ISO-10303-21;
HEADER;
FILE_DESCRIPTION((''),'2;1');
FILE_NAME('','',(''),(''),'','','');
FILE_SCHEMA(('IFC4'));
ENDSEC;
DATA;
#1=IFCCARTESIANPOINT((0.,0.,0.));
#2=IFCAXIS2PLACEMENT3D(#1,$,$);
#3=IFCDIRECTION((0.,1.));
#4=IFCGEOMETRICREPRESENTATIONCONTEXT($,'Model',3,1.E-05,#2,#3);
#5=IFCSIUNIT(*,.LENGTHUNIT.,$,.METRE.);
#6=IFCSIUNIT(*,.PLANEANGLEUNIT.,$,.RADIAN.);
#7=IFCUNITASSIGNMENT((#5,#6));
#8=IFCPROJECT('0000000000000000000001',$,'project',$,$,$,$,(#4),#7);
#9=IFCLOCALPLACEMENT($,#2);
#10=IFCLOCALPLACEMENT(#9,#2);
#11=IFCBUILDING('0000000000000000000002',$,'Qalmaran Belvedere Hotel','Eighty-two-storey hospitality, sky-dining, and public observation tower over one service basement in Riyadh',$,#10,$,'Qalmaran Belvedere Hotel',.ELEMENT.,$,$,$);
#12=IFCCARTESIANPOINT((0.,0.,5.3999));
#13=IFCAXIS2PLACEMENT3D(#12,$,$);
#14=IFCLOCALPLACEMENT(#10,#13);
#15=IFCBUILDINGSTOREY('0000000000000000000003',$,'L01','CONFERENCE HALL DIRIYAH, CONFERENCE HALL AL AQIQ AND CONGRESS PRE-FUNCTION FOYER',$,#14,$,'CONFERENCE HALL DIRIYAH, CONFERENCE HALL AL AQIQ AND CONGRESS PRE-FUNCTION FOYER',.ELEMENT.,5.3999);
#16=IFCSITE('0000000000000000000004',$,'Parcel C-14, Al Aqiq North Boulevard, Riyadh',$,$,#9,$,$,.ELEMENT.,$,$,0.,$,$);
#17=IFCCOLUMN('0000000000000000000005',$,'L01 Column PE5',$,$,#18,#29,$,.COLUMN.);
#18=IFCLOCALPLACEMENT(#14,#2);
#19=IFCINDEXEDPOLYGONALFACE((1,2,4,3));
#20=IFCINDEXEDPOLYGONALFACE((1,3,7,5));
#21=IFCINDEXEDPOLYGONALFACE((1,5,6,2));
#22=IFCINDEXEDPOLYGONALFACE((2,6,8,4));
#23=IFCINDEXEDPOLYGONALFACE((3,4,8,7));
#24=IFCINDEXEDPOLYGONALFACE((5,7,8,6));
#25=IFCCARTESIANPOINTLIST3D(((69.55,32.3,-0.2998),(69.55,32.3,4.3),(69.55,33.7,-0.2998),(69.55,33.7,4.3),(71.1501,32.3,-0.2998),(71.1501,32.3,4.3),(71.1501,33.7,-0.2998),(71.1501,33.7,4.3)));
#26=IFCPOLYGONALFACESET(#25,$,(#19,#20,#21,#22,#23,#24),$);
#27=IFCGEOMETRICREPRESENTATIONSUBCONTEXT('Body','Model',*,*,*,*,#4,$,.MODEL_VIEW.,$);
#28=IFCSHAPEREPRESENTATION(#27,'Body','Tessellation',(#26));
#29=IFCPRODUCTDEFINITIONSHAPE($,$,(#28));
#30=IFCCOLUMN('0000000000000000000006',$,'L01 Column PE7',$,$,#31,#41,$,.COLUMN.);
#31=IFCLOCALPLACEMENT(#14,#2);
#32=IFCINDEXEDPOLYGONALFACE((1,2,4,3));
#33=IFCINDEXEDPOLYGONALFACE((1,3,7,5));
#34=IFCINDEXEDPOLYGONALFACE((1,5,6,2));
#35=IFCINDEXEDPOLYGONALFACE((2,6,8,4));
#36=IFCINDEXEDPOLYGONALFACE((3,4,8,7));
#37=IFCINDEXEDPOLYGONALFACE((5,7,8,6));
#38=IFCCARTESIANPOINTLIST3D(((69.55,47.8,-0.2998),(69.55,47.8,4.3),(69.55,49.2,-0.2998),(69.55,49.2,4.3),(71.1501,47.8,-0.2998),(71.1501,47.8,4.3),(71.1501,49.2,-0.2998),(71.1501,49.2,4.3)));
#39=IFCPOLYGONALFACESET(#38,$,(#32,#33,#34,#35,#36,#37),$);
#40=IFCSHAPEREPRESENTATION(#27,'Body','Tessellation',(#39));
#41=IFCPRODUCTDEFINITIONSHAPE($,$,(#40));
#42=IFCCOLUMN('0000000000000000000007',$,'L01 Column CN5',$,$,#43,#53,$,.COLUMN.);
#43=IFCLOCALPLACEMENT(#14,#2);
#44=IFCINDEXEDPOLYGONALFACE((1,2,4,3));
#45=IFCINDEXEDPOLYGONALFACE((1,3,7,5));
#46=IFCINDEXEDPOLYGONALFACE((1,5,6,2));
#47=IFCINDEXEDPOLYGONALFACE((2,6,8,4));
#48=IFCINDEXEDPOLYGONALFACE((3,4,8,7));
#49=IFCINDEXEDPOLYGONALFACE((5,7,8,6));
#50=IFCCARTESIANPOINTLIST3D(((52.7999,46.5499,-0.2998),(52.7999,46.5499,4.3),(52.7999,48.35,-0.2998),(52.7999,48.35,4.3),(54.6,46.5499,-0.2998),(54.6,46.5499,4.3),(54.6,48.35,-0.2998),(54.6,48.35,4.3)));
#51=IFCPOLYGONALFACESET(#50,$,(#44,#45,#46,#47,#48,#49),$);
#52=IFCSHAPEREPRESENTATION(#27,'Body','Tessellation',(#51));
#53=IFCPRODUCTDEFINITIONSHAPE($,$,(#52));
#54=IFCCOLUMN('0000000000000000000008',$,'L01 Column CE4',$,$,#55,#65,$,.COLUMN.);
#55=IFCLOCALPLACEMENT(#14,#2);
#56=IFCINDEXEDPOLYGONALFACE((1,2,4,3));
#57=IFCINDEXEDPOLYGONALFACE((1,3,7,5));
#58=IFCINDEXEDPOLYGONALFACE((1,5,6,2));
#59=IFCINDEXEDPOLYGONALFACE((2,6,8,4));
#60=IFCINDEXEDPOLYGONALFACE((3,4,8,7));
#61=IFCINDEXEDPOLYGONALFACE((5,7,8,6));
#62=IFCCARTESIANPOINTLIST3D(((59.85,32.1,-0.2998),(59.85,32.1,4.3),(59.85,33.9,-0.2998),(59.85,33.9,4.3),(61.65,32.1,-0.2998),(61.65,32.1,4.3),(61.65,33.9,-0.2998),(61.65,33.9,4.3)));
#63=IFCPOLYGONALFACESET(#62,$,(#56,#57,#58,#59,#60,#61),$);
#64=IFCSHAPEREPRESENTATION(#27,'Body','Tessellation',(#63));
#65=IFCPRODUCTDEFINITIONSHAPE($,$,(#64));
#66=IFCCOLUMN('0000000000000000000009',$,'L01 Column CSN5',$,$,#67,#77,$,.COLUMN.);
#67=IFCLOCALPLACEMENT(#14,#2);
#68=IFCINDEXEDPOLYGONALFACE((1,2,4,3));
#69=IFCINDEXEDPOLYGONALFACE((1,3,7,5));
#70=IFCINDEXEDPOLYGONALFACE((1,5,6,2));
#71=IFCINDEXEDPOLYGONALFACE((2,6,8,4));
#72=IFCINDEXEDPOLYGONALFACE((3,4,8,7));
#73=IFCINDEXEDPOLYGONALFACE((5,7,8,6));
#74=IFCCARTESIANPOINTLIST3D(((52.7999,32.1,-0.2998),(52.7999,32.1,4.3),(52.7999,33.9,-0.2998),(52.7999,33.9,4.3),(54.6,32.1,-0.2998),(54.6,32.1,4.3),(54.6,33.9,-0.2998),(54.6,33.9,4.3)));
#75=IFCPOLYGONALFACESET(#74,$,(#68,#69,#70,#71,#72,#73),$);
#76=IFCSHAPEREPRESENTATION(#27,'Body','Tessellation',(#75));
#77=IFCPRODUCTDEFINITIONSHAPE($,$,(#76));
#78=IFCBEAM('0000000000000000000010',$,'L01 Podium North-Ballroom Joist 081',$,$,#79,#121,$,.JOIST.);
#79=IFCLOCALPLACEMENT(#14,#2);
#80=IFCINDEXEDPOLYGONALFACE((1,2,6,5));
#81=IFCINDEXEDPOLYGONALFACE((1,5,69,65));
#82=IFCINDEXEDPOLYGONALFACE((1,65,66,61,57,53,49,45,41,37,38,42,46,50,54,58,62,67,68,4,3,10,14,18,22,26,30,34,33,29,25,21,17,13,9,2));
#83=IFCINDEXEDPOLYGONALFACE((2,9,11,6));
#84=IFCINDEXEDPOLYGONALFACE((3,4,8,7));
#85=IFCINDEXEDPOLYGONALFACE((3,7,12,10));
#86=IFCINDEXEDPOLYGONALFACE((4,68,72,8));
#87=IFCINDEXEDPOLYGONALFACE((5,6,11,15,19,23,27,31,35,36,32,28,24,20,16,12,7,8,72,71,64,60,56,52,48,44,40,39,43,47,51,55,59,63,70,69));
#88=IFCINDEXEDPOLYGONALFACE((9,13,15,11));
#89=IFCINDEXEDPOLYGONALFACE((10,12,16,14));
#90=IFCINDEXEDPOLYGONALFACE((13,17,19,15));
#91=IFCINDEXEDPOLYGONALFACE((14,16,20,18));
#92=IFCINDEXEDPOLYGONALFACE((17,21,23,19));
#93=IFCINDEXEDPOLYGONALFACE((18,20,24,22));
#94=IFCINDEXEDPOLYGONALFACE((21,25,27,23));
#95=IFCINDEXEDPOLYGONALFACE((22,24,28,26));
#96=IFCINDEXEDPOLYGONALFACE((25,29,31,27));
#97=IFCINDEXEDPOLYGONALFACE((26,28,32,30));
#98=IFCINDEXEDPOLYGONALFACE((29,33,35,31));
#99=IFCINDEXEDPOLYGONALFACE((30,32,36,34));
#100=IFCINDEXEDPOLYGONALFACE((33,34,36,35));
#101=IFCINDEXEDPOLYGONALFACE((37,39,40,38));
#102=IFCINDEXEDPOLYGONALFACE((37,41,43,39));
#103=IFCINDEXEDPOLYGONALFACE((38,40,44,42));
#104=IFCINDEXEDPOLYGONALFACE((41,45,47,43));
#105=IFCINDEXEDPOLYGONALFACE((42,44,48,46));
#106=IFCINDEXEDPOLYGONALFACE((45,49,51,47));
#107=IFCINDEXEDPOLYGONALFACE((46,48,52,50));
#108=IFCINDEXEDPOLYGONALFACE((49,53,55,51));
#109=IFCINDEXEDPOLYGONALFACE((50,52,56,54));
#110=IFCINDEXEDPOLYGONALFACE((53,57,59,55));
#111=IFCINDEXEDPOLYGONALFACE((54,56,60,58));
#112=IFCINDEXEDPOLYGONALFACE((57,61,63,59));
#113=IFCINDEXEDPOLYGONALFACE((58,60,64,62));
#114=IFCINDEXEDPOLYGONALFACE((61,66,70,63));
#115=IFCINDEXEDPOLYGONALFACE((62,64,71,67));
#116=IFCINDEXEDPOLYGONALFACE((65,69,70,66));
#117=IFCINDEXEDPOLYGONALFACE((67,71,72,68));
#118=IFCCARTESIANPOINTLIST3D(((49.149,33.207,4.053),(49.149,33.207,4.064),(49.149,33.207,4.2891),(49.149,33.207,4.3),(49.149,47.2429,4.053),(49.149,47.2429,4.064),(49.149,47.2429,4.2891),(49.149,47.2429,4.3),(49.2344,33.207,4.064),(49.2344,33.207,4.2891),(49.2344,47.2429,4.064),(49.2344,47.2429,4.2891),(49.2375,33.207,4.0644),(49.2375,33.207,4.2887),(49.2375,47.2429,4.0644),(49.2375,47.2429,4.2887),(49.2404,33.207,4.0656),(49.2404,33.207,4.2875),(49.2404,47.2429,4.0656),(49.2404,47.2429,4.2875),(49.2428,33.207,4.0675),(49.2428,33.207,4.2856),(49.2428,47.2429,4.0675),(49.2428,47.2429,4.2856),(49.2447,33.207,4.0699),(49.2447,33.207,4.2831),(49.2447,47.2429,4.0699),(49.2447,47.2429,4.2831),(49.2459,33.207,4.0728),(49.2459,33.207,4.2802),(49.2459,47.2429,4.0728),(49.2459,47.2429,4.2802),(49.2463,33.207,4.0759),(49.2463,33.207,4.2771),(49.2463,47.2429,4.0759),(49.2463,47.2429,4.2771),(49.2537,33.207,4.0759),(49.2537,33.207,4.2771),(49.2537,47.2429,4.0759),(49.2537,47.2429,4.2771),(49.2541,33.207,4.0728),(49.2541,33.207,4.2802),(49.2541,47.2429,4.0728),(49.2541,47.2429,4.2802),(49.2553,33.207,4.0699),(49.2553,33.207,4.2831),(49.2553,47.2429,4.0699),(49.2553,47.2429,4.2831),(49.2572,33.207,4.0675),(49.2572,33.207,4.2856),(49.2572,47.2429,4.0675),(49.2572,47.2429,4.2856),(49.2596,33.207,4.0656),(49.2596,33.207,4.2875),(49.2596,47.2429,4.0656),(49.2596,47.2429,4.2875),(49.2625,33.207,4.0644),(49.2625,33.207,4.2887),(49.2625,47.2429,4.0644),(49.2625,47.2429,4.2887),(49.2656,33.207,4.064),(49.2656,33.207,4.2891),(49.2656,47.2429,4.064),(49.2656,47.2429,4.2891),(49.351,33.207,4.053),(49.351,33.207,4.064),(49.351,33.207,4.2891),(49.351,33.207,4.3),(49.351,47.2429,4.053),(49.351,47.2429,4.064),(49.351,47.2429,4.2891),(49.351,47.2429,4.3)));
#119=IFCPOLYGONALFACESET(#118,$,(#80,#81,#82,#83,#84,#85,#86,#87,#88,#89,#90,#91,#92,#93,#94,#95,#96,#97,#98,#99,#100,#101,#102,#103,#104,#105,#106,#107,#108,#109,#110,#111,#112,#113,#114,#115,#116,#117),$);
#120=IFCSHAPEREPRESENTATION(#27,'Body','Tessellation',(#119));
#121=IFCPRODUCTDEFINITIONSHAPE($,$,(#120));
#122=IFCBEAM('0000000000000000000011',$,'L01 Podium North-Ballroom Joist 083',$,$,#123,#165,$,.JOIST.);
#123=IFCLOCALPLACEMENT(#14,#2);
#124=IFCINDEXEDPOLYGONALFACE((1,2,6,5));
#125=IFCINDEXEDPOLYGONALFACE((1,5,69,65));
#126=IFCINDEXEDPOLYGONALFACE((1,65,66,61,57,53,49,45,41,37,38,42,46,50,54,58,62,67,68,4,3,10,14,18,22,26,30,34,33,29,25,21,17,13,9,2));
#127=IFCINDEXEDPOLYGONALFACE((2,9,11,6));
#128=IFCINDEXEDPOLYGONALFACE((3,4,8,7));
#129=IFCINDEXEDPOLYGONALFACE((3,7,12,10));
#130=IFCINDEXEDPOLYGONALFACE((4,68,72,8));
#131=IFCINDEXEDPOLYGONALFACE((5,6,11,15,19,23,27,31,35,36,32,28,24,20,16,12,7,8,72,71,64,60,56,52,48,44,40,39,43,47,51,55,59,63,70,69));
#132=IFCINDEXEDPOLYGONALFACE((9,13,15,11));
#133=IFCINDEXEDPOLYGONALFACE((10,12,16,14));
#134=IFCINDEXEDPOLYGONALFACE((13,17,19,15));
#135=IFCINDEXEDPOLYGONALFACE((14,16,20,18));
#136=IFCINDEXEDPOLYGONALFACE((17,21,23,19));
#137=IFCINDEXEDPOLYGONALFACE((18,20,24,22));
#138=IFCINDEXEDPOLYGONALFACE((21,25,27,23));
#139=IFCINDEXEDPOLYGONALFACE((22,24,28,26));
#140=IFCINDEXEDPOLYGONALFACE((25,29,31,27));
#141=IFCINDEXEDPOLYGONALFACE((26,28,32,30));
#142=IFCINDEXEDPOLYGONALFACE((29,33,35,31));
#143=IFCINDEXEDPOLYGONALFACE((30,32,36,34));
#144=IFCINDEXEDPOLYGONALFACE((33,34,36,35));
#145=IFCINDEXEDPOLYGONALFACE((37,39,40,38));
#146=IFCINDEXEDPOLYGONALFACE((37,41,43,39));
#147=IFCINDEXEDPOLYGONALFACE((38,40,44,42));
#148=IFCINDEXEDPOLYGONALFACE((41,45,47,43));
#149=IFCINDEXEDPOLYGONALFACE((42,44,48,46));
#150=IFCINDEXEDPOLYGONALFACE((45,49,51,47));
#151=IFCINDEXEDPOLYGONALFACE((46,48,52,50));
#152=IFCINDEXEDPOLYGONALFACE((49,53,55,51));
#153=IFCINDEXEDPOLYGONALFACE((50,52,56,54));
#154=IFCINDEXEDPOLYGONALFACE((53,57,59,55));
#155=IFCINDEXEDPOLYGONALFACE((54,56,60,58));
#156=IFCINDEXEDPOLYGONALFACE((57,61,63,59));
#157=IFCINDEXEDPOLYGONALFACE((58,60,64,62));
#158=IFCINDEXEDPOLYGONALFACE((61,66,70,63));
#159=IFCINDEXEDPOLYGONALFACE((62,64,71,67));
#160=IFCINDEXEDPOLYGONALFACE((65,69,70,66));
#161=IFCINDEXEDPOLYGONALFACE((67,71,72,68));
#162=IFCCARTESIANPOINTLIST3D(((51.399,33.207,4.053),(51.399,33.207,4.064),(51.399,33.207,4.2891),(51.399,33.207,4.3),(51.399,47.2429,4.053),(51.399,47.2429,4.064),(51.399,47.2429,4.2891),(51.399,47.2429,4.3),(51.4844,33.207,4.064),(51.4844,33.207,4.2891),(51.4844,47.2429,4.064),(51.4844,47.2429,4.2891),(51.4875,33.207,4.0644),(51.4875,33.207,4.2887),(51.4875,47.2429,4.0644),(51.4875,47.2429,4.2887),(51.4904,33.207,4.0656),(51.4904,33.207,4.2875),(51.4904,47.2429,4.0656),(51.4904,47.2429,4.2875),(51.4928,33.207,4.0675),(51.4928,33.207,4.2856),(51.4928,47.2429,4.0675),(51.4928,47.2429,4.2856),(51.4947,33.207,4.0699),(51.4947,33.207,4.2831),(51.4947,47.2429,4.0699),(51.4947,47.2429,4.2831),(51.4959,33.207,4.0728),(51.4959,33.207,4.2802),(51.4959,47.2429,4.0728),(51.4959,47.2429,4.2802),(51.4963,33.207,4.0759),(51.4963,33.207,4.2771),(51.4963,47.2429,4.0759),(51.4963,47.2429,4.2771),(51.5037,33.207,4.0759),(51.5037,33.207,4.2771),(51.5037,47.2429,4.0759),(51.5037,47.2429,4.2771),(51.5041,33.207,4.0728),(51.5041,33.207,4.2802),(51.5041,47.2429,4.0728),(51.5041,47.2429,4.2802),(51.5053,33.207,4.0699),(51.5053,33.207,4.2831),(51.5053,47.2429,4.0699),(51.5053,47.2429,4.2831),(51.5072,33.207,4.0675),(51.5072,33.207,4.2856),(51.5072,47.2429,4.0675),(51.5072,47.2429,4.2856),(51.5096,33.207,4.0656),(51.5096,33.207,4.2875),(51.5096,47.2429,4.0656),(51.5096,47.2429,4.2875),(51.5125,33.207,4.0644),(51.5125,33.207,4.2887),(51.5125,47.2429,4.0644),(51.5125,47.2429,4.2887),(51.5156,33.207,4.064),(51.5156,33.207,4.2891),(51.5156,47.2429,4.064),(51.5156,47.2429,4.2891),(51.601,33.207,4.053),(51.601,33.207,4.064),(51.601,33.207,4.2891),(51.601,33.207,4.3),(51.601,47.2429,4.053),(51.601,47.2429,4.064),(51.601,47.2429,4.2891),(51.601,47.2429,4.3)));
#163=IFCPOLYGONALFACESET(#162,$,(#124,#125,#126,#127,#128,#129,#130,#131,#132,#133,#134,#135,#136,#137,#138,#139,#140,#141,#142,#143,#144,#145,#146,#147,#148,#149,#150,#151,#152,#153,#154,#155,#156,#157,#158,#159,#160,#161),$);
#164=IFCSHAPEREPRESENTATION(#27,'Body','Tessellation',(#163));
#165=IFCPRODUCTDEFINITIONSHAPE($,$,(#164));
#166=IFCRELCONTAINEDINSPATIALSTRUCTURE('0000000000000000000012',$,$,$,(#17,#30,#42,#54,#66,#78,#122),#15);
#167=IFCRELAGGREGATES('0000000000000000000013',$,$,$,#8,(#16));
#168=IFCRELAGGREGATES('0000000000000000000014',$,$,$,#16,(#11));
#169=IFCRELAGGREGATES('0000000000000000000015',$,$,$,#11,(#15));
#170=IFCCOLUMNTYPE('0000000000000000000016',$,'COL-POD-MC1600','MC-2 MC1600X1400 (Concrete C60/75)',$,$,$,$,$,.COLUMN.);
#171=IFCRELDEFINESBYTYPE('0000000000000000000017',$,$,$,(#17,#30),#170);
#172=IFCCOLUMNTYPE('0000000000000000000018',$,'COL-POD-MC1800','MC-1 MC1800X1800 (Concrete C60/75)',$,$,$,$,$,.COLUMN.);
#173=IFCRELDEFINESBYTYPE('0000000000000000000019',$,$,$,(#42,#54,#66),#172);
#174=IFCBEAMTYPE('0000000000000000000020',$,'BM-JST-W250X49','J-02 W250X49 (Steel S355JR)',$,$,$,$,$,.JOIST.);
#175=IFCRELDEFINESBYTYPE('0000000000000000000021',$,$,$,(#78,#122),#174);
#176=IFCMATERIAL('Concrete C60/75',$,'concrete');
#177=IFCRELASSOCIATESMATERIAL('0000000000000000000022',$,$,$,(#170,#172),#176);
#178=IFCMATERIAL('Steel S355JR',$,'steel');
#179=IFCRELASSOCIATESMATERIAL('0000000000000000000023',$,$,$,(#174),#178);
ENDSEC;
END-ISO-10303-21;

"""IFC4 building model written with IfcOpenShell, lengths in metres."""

from ifc_helpers import new_model, si_unit, direction, frame, origin, origin_2d, place, context, subcontext, project, spatial, rectangle, i_section, extrude, material, material_profile, profile_set, type_object, element, save


model = new_model("IFC4")

# Units and contexts
model_context = context("Model", 3, precision=1e-05, world=origin(), true_north=direction((0.0, 1.0)))
body_context = subcontext(model_context, "Body", "Model", "MODEL_VIEW")
ifc_project = project(units=[si_unit("LENGTHUNIT", "METRE"), si_unit("PLANEANGLEUNIT", "RADIAN")], contexts=[model_context])

# Site, building, storey
site_placement = place(None, origin())
site = spatial("IfcSite", under=ifc_project, at=site_placement, Name="Parcel C-14, Al Aqiq North Boulevard, Riyadh", CompositionType="ELEMENT", RefElevation=0.0)
building_placement = place(site_placement, origin())
building = spatial("IfcBuilding", under=site, at=building_placement, Name="Qalmaran Belvedere Hotel", Description="Eighty-two-storey hospitality, sky-dining, and public observation tower over one service basement in Riyadh", LongName="Qalmaran Belvedere Hotel", CompositionType="ELEMENT")
storey_placement = place(building_placement, frame((0.0, 0.0, 5.3999)))
storey = spatial("IfcBuildingStorey", under=building, at=storey_placement, Name="L01", Description="CONFERENCE HALL DIRIYAH, CONFERENCE HALL AL AQIQ AND CONGRESS PRE-FUNCTION FOYER", LongName="CONFERENCE HALL DIRIYAH, CONFERENCE HALL AL AQIQ AND CONGRESS PRE-FUNCTION FOYER", CompositionType="ELEMENT", Elevation=5.3999)

# Columns
ifc_material_1 = material(Name="Concrete C60/75", Category="concrete")
ifc_material_profile_1 = material_profile(ifc_material_1, rectangle(XDim=1.6001, YDim=1.3999, at=origin_2d()), Name="MC1600X1400")
ifc_profile_set_1 = profile_set([ifc_material_profile_1], Name="Concrete C60/75")
column_type_1 = type_object("IfcColumnType", Name="COL-POD-MC1600", Description="MC-2 MC1600X1400 (Concrete C60/75)", PredefinedType="COLUMN", material=ifc_profile_set_1)
for number, where, z_axis, x_axis, name in (
    (1, (70.3501, 33.0, -0.2998), (0.0, 0.0, 1.0), (1.0, 0.0, 0.0), "L01 Column PE5"),
    (2, (70.3501, 48.5, -0.2998), (0.0, 0.0, 1.0), (1.0, 0.0, 0.0), "L01 Column PE7"),
):
    element("IfcColumn", number, at=place(storey_placement, frame(where, z_axis=z_axis, x_axis=x_axis)), inside=storey, type_object=column_type_1, Name=name, PredefinedType="COLUMN", context=body_context, shape_type="SweptSolid", body=[
        extrude(rectangle(XDim=1.6001, YDim=1.3999, at=origin_2d()), origin(), (0.0, 0.0, 1.0), 4.5999),
    ])
ifc_material_profile_2 = material_profile(ifc_material_1, rectangle(XDim=1.8, YDim=1.8, at=origin_2d()), Name="MC1800X1800")
ifc_profile_set_2 = profile_set([ifc_material_profile_2], Name="Concrete C60/75")
column_type_2 = type_object("IfcColumnType", Name="COL-POD-MC1800", Description="MC-1 MC1800X1800 (Concrete C60/75)", PredefinedType="COLUMN", material=ifc_profile_set_2)
for number, where, z_axis, x_axis, name in (
    (3, (53.7, 47.45, -0.2998), (0.0, 0.0, 1.0), (1.0, 0.0, 0.0), "L01 Column CN5"),
    (4, (60.75, 33.0, -0.2998), (0.0, 0.0, 1.0), (1.0, 0.0, 0.0), "L01 Column CE4"),
    (5, (53.7, 33.0, -0.2998), (0.0, 0.0, 1.0), (1.0, 0.0, 0.0), "L01 Column CSN5"),
):
    element("IfcColumn", number, at=place(storey_placement, frame(where, z_axis=z_axis, x_axis=x_axis)), inside=storey, type_object=column_type_2, Name=name, PredefinedType="COLUMN", context=body_context, shape_type="SweptSolid", body=[
        extrude(rectangle(XDim=1.8, YDim=1.8, at=origin_2d()), origin(), (0.0, 0.0, 1.0), 4.5999),
    ])

# Beams
ifc_material_2 = material(Name="Steel S355JR", Category="steel")
ifc_material_profile_3 = material_profile(ifc_material_2, i_section(OverallWidth=0.2019, OverallDepth=0.2471, WebThickness=0.0073, FlangeThickness=0.011, FilletRadius=0.012, at=origin_2d()), Name="W250X49")
ifc_profile_set_3 = profile_set([ifc_material_profile_3], Name="Steel S355JR")
beam_type_1 = type_object("IfcBeamType", Name="BM-JST-W250X49", Description="J-02 W250X49 (Steel S355JR)", PredefinedType="JOIST", material=ifc_profile_set_3)
for number, where, z_axis, x_axis, name in (
    (6, (49.25, 33.207, 4.1765), (0.0, 1.0, 0.0), (-1.0, 0.0, 0.0), "L01 Podium North-Ballroom Joist 081"),
    (7, (51.5, 33.207, 4.1765), (0.0, 1.0, 0.0), (-1.0, 0.0, 0.0), "L01 Podium North-Ballroom Joist 083"),
):
    element("IfcBeam", number, at=place(storey_placement, frame(where, z_axis=z_axis, x_axis=x_axis)), inside=storey, type_object=beam_type_1, Name=name, PredefinedType="JOIST", context=body_context, shape_type="SweptSolid", body=[
        extrude(i_section(OverallWidth=0.2019, OverallDepth=0.2471, WebThickness=0.0073, FlangeThickness=0.011, FilletRadius=0.012, at=origin_2d()), origin(), (0.0, 0.0, 1.0), 14.0359),
    ])

save(model, "model.ifc")
